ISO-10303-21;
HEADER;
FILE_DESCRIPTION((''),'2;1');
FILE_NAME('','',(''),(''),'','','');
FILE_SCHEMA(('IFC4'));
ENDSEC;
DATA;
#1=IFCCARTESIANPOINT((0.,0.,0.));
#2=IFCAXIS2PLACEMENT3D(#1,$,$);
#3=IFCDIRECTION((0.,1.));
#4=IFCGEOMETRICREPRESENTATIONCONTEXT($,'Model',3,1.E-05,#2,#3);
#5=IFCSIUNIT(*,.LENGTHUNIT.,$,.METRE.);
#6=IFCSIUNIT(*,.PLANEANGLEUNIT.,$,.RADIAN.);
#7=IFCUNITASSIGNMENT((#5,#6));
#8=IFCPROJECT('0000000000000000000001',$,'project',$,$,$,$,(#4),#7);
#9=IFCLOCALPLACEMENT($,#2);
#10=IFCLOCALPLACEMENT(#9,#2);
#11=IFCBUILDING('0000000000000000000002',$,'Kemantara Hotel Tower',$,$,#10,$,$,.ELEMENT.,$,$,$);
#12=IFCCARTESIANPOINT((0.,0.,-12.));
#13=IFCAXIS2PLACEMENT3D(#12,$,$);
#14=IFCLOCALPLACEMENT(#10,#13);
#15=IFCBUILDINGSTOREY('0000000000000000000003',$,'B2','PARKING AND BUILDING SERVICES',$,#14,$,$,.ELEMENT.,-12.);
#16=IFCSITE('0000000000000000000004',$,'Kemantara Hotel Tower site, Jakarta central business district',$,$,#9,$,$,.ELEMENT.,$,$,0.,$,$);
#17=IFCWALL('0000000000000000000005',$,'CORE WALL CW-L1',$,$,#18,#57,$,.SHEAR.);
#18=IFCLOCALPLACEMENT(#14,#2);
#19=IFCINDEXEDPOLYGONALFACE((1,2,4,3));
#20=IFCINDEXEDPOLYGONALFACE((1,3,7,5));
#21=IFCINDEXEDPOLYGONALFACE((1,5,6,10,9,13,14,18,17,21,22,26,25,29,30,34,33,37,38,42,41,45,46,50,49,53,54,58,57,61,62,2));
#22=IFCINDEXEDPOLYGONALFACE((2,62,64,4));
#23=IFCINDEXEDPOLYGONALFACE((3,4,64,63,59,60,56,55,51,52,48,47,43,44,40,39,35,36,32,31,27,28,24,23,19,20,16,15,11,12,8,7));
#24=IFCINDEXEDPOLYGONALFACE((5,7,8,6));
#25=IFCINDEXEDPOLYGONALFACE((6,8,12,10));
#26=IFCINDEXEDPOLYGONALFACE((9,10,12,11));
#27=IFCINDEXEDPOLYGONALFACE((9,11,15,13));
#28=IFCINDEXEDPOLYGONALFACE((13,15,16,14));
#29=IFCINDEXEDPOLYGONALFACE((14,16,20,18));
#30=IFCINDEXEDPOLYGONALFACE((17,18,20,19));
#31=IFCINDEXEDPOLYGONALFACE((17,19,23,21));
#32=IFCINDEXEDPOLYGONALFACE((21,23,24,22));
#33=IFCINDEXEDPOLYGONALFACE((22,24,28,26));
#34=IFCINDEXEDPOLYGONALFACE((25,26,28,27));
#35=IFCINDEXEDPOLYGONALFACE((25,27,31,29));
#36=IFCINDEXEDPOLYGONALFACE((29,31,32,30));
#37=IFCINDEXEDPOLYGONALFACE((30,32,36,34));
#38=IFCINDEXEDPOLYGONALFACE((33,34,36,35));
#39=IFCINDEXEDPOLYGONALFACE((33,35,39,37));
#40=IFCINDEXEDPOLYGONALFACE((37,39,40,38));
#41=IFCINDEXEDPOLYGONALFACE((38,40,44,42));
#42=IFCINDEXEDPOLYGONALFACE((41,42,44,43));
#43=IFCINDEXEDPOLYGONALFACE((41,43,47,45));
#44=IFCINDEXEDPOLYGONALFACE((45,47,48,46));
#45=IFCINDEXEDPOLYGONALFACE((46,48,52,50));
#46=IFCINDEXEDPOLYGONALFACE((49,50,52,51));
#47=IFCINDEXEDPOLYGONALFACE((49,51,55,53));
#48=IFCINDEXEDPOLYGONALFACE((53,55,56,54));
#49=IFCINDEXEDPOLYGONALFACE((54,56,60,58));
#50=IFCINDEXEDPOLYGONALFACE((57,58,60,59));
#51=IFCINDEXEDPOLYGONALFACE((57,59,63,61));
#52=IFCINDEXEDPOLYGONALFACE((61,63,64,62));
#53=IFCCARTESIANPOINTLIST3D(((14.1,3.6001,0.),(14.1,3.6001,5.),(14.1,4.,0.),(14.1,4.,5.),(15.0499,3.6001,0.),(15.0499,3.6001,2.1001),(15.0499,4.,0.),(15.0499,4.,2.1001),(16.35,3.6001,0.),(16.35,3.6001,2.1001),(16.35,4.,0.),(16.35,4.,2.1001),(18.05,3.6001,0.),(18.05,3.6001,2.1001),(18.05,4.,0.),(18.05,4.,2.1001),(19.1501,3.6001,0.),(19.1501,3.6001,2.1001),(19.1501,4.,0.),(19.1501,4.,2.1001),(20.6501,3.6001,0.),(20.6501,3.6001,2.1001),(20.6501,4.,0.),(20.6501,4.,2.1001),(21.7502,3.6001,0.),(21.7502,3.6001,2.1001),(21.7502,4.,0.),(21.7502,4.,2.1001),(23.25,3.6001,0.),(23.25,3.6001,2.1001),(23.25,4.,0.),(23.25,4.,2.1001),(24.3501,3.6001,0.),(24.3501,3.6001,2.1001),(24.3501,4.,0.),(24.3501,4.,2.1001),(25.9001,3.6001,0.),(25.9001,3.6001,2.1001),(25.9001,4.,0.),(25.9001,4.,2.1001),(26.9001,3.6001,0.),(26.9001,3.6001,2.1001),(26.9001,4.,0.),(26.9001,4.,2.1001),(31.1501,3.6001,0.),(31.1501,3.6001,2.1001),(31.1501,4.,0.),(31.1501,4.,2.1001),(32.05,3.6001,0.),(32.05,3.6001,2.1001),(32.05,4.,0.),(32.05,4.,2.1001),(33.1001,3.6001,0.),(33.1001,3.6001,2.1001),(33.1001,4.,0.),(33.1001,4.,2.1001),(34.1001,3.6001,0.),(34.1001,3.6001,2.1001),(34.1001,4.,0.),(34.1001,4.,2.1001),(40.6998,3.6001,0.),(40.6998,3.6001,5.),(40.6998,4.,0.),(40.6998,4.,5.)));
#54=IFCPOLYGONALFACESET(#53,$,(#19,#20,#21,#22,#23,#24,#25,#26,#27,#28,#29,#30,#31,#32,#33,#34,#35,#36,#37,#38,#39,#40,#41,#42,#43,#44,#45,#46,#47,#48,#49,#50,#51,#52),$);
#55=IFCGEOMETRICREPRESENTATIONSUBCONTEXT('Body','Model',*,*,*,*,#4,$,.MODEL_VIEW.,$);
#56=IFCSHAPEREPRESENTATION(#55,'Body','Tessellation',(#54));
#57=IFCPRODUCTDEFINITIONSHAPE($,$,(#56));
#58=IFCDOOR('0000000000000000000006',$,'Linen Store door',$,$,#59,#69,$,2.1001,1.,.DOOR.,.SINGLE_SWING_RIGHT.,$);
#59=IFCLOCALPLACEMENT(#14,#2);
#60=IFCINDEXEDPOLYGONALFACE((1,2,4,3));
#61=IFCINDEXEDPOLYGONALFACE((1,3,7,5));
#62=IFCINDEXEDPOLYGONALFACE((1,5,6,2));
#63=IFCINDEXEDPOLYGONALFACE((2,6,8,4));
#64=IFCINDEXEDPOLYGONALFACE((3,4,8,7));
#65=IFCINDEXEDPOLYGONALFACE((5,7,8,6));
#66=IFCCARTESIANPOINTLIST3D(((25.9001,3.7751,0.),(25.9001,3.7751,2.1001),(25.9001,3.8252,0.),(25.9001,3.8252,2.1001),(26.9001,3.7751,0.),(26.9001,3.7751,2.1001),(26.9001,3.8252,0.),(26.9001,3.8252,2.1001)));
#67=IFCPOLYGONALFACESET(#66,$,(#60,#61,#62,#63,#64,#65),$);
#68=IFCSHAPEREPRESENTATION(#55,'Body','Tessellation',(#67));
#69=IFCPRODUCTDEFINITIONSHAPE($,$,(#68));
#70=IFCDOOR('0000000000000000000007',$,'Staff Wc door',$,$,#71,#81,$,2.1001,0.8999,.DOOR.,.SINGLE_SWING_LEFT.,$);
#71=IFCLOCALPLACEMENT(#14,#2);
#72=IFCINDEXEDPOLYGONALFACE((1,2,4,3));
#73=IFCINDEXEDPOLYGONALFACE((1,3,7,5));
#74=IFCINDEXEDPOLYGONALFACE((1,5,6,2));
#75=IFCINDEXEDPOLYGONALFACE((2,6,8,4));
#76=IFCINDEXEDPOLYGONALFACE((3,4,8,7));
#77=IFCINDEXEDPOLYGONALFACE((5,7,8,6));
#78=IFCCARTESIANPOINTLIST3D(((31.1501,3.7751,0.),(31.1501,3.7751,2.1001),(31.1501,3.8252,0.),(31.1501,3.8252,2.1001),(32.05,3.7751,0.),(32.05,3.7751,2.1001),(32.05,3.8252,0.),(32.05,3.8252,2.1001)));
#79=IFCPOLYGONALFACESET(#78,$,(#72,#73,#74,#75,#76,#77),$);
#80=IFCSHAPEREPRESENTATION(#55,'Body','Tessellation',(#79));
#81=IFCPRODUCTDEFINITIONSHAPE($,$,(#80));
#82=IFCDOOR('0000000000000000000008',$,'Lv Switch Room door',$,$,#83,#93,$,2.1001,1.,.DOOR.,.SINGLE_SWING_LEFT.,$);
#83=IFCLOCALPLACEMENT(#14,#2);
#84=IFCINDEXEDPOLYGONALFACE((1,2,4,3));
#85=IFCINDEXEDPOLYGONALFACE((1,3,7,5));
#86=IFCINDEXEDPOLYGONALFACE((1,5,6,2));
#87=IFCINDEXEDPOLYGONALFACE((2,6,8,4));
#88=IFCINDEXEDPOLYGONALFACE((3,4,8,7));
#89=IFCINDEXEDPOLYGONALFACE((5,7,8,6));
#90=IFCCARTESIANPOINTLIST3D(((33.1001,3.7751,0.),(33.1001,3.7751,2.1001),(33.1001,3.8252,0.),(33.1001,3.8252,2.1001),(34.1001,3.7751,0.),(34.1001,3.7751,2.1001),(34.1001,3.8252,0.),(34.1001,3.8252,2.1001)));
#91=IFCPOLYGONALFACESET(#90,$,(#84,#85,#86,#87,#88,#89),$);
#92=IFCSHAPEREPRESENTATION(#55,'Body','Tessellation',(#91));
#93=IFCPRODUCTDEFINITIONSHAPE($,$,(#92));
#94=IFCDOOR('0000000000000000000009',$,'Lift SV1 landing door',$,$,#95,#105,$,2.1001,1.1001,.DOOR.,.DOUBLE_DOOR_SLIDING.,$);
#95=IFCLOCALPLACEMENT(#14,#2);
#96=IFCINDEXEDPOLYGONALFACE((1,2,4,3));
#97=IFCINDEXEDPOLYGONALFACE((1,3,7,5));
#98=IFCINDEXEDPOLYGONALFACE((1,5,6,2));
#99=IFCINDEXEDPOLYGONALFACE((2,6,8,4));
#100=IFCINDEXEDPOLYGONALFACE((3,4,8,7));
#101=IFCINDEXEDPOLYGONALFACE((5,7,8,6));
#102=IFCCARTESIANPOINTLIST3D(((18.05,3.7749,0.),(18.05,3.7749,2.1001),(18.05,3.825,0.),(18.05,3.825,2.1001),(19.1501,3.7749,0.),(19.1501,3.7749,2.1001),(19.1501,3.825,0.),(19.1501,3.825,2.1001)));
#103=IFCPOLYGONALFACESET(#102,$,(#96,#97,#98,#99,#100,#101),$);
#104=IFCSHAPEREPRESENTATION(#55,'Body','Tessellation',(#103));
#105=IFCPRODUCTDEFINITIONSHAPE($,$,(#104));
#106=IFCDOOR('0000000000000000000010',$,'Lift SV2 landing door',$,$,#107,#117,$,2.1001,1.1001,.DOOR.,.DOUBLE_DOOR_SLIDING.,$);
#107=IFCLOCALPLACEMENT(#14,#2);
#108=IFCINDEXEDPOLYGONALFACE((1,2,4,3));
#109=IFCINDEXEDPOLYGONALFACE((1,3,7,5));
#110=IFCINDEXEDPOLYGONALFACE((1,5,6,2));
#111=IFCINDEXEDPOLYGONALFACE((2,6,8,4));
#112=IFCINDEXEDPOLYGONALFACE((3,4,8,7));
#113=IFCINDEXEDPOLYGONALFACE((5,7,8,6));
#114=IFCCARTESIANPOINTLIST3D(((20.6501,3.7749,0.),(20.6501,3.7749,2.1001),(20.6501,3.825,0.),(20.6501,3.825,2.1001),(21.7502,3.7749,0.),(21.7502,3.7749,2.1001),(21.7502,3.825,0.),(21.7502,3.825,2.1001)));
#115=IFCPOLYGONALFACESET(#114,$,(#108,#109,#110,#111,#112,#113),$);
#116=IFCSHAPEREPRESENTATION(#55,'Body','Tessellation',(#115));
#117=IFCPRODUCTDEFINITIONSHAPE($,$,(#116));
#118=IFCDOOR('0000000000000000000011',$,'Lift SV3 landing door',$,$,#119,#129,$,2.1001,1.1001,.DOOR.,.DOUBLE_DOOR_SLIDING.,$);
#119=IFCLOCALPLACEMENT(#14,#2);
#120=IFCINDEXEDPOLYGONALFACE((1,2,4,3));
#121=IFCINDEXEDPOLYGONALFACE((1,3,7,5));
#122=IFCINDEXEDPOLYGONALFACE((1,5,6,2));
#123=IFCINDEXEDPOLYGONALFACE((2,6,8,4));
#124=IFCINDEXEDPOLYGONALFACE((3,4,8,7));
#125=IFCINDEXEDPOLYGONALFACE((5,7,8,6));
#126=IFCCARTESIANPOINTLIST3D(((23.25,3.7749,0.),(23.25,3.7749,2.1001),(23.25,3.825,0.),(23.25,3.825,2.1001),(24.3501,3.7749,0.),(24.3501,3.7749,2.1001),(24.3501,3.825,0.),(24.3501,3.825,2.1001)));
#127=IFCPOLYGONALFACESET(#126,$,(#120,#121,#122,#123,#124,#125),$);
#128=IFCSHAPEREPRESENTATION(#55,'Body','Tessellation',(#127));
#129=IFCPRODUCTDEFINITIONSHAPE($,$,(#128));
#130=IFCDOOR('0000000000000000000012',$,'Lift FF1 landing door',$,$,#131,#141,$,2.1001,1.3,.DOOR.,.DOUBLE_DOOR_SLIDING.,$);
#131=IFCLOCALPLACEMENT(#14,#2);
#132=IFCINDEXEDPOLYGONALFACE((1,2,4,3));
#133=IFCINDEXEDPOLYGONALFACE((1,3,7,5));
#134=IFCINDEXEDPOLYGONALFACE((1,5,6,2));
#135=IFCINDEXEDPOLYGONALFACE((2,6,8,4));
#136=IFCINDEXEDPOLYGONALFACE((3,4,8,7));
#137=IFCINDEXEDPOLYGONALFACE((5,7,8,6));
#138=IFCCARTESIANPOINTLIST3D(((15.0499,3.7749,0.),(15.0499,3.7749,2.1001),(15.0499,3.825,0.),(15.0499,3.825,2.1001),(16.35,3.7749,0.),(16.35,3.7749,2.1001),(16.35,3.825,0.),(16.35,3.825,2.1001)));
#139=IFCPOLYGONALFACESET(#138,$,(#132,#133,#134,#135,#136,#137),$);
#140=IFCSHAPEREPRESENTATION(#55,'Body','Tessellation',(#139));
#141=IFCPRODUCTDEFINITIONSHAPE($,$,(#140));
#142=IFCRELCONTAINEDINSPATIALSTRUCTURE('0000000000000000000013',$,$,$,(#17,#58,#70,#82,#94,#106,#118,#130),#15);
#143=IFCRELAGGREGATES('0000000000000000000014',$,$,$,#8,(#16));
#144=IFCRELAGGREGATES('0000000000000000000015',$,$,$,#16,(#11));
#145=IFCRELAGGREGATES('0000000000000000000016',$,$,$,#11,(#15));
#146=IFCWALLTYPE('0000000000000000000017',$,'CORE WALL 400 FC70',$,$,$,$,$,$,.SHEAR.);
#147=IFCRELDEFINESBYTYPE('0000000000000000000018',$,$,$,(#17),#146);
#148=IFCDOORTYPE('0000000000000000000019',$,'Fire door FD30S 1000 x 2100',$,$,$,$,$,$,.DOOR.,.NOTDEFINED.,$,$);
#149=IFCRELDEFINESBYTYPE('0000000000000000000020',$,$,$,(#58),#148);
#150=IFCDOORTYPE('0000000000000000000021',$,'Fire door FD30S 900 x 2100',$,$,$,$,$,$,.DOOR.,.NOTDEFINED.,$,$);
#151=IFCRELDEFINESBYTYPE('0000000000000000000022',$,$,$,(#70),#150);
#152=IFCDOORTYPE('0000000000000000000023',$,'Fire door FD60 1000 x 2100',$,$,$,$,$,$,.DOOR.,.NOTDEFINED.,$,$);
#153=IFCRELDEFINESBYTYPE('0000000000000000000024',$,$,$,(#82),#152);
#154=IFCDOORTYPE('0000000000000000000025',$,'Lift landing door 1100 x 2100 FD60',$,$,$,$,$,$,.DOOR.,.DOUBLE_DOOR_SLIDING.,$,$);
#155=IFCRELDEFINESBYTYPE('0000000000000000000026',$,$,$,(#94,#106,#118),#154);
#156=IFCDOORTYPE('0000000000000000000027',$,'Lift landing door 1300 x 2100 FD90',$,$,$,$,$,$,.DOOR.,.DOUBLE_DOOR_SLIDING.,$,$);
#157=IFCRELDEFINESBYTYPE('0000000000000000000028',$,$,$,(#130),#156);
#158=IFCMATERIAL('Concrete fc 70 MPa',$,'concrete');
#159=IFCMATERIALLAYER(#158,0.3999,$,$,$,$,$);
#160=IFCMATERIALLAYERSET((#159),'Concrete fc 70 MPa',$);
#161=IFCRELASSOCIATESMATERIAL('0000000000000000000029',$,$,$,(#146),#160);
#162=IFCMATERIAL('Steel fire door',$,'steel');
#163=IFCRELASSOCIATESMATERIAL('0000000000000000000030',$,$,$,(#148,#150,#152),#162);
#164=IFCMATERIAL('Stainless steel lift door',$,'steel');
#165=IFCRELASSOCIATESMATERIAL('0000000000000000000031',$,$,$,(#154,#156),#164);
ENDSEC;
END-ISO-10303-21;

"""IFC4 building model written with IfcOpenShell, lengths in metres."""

from ifc_helpers import new_model, si_unit, direction, frame, frame_2d, origin, place, context, subcontext, project, spatial, rectangle, extrude, material, layer, layer_set, type_object, element, fill, save


model = new_model("IFC4")

# Units and contexts
model_context = context("Model", 3, precision=1e-05, world=origin(), true_north=direction((0.0, 1.0)))
body_context = subcontext(model_context, "Body", "Model", "MODEL_VIEW")
ifc_project = project(units=[si_unit("LENGTHUNIT", "METRE"), si_unit("PLANEANGLEUNIT", "RADIAN")], contexts=[model_context])

# Site, building, storey
site_placement = place(None, origin())
site = spatial("IfcSite", under=ifc_project, at=site_placement, Name="Kemantara Hotel Tower site, Jakarta central business district", CompositionType="ELEMENT", RefElevation=0.0)
building_placement = place(site_placement, origin())
building = spatial("IfcBuilding", under=site, at=building_placement, Name="Kemantara Hotel Tower", CompositionType="ELEMENT")
storey_placement = place(building_placement, frame((0.0, 0.0, -12.0)))
storey = spatial("IfcBuildingStorey", under=building, at=storey_placement, Name="B2", Description="PARKING AND BUILDING SERVICES", CompositionType="ELEMENT", Elevation=-12.0)

# Shared definitions
ifc_material_1 = material(Name="Concrete fc 70 MPa", Category="concrete")

# Shared definitions
ifc_layer_1 = layer(ifc_material_1, 0.3999)
ifc_layer_set_1 = layer_set([ifc_layer_1], Name="Concrete fc 70 MPa")
wall_type_1 = type_object("IfcWallType", Name="CORE WALL 400 FC70", PredefinedType="SHEAR", material=ifc_layer_set_1)
ifc_material_2 = material(Name="Steel fire door", Category="steel")
door_type_1 = type_object("IfcDoorType", Name="Fire door FD30S 1000 x 2100", OperationType="NOTDEFINED", PredefinedType="DOOR", material=ifc_material_2)

# Wall, openings, doors
wall_1_placement = place(storey_placement, frame((14.1001, 3.8, 0.0), z_axis=(0.0, 0.0, 1.0), x_axis=(1.0, 0.0, 0.0)))
wall_1 = element("IfcWall", 1, at=wall_1_placement, inside=storey, type_object=wall_type_1, Name="CORE WALL CW-L1", PredefinedType="SHEAR", context=body_context, shape_type="SweptSolid", body=[
    extrude(rectangle(XDim=26.5999, YDim=0.3999, at=frame_2d((13.2998, 0.0))), origin(), (0.0, 0.0, 1.0), 5.0),
])
opening_1_placement = place(wall_1_placement, frame((0.95, 0.0, 0.0)))
opening_1 = element("IfcOpeningElement", 2, at=opening_1_placement, cuts=wall_1, PredefinedType="OPENING", context=body_context, shape_type="SweptSolid", body=[
    extrude(rectangle(XDim=1.3, YDim=2.1001, at=frame_2d((0.6499, 1.05))), frame((0.0, 0.21, 0.0), z_axis=(0.0, -1.0, 0.0), x_axis=(1.0, 0.0, 0.0)), (0.0, 0.0, 1.0), 0.4199),
])
opening_2_placement = place(wall_1_placement, frame((3.95, 0.0, 0.0)))
opening_2 = element("IfcOpeningElement", 3, at=opening_2_placement, cuts=wall_1, PredefinedType="OPENING", context=body_context, shape_type="SweptSolid", body=[
    extrude(rectangle(XDim=1.1001, YDim=2.1001, at=frame_2d((0.55, 1.05))), frame((0.0, 0.21, 0.0), z_axis=(0.0, -1.0, 0.0), x_axis=(1.0, 0.0, 0.0)), (0.0, 0.0, 1.0), 0.4199),
])
opening_3_placement = place(wall_1_placement, frame((6.55, 0.0, 0.0)))
opening_3 = element("IfcOpeningElement", 4, at=opening_3_placement, cuts=wall_1, PredefinedType="OPENING", context=body_context, shape_type="SweptSolid", body=[
    extrude(rectangle(XDim=1.1001, YDim=2.1001, at=frame_2d((0.55, 1.05))), frame((0.0, 0.21, 0.0), z_axis=(0.0, -1.0, 0.0), x_axis=(1.0, 0.0, 0.0)), (0.0, 0.0, 1.0), 0.4199),
])
opening_4_placement = place(wall_1_placement, frame((9.1499, 0.0, 0.0)))
opening_4 = element("IfcOpeningElement", 5, at=opening_4_placement, cuts=wall_1, PredefinedType="OPENING", context=body_context, shape_type="SweptSolid", body=[
    extrude(rectangle(XDim=1.1001, YDim=2.1001, at=frame_2d((0.55, 1.05))), frame((0.0, 0.21, 0.0), z_axis=(0.0, -1.0, 0.0), x_axis=(1.0, 0.0, 0.0)), (0.0, 0.0, 1.0), 0.4199),
])
opening_5_placement = place(wall_1_placement, frame((11.8, 0.0, 0.0)))
opening_5 = element("IfcOpeningElement", 6, at=opening_5_placement, cuts=wall_1, PredefinedType="OPENING", context=body_context, shape_type="SweptSolid", body=[
    extrude(rectangle(XDim=1.0, YDim=2.1001, at=frame_2d((0.5, 1.05))), frame((0.0, 0.21, 0.0), z_axis=(0.0, -1.0, 0.0), x_axis=(1.0, 0.0, 0.0)), (0.0, 0.0, 1.0), 0.4199),
])
opening_6_placement = place(wall_1_placement, frame((17.05, 0.0, 0.0)))
opening_6 = element("IfcOpeningElement", 7, at=opening_6_placement, cuts=wall_1, PredefinedType="OPENING", context=body_context, shape_type="SweptSolid", body=[
    extrude(rectangle(XDim=0.8999, YDim=2.1001, at=frame_2d((0.45, 1.05))), frame((0.0, 0.21, 0.0), z_axis=(0.0, -1.0, 0.0), x_axis=(1.0, 0.0, 0.0)), (0.0, 0.0, 1.0), 0.4199),
])
opening_7_placement = place(wall_1_placement, frame((19.0, 0.0, 0.0)))
opening_7 = element("IfcOpeningElement", 8, at=opening_7_placement, cuts=wall_1, PredefinedType="OPENING", context=body_context, shape_type="SweptSolid", body=[
    extrude(rectangle(XDim=1.0, YDim=2.1001, at=frame_2d((0.5, 1.05))), frame((0.0, 0.21, 0.0), z_axis=(0.0, -1.0, 0.0), x_axis=(1.0, 0.0, 0.0)), (0.0, 0.0, 1.0), 0.4199),
])
door_1_placement = place(opening_5_placement, frame((1.0, 0.0, 0.0), z_axis=(0.0, 0.0, 1.0), x_axis=(-1.0, 0.0, 0.0)))
door_1 = element("IfcDoor", 9, at=door_1_placement, inside=storey, type_object=door_type_1, Name="Linen Store door", OperationType="SINGLE_SWING_RIGHT", OverallHeight=2.1001, OverallWidth=1.0, PredefinedType="DOOR", context=body_context, shape_type="SweptSolid", body=[
    extrude(rectangle(XDim=1.0, YDim=2.1001, at=frame_2d((0.5, 1.05))), frame((0.0, 0.0249, 0.0), z_axis=(0.0, -1.0, 0.0), x_axis=(1.0, 0.0, 0.0)), (0.0, 0.0, 1.0), 0.05),
])
fill(opening_5, door_1)
door_type_2 = type_object("IfcDoorType", Name="Fire door FD30S 900 x 2100", OperationType="NOTDEFINED", PredefinedType="DOOR", material=ifc_material_2)
door_2_placement = place(opening_6_placement, frame((0.8999, 0.0, 0.0), z_axis=(0.0, 0.0, 1.0), x_axis=(-1.0, 0.0, 0.0)))
door_2 = element("IfcDoor", 10, at=door_2_placement, inside=storey, type_object=door_type_2, Name="Staff Wc door", OperationType="SINGLE_SWING_LEFT", OverallHeight=2.1001, OverallWidth=0.8999, PredefinedType="DOOR", context=body_context, shape_type="SweptSolid", body=[
    extrude(rectangle(XDim=0.8999, YDim=2.1001, at=frame_2d((0.45, 1.05))), frame((0.0, 0.0249, 0.0), z_axis=(0.0, -1.0, 0.0), x_axis=(1.0, 0.0, 0.0)), (0.0, 0.0, 1.0), 0.05),
])
fill(opening_6, door_2)
door_type_3 = type_object("IfcDoorType", Name="Fire door FD60 1000 x 2100", OperationType="NOTDEFINED", PredefinedType="DOOR", material=ifc_material_2)
door_3_placement = place(opening_7_placement, frame((1.0, 0.0, 0.0), z_axis=(0.0, 0.0, 1.0), x_axis=(-1.0, 0.0, 0.0)))
door_3 = element("IfcDoor", 11, at=door_3_placement, inside=storey, type_object=door_type_3, Name="Lv Switch Room door", OperationType="SINGLE_SWING_LEFT", OverallHeight=2.1001, OverallWidth=1.0, PredefinedType="DOOR", context=body_context, shape_type="SweptSolid", body=[
    extrude(rectangle(XDim=1.0, YDim=2.1001, at=frame_2d((0.5, 1.05))), frame((0.0, 0.0249, 0.0), z_axis=(0.0, -1.0, 0.0), x_axis=(1.0, 0.0, 0.0)), (0.0, 0.0, 1.0), 0.05),
])
fill(opening_7, door_3)
ifc_material_3 = material(Name="Stainless steel lift door", Category="steel")
door_type_4 = type_object("IfcDoorType", Name="Lift landing door 1100 x 2100 FD60", OperationType="DOUBLE_DOOR_SLIDING", PredefinedType="DOOR", material=ifc_material_3)
door_4_placement = place(opening_2_placement, origin())
door_4 = element("IfcDoor", 12, at=door_4_placement, inside=storey, type_object=door_type_4, Name="Lift SV1 landing door", OperationType="DOUBLE_DOOR_SLIDING", OverallHeight=2.1001, OverallWidth=1.1001, PredefinedType="DOOR", context=body_context, shape_type="SweptSolid", body=[
    extrude(rectangle(XDim=1.1001, YDim=2.1001, at=frame_2d((0.55, 1.05))), frame((0.0, 0.0249, 0.0), z_axis=(0.0, -1.0, 0.0), x_axis=(1.0, 0.0, 0.0)), (0.0, 0.0, 1.0), 0.05),
])
fill(opening_2, door_4)
door_5_placement = place(opening_3_placement, origin())
door_5 = element("IfcDoor", 13, at=door_5_placement, inside=storey, type_object=door_type_4, Name="Lift SV2 landing door", OperationType="DOUBLE_DOOR_SLIDING", OverallHeight=2.1001, OverallWidth=1.1001, PredefinedType="DOOR", context=body_context, shape_type="SweptSolid", body=[
    extrude(rectangle(XDim=1.1001, YDim=2.1001, at=frame_2d((0.55, 1.05))), frame((0.0, 0.0249, 0.0), z_axis=(0.0, -1.0, 0.0), x_axis=(1.0, 0.0, 0.0)), (0.0, 0.0, 1.0), 0.05),
])
fill(opening_3, door_5)
door_6_placement = place(opening_4_placement, origin())
door_6 = element("IfcDoor", 14, at=door_6_placement, inside=storey, type_object=door_type_4, Name="Lift SV3 landing door", OperationType="DOUBLE_DOOR_SLIDING", OverallHeight=2.1001, OverallWidth=1.1001, PredefinedType="DOOR", context=body_context, shape_type="SweptSolid", body=[
    extrude(rectangle(XDim=1.1001, YDim=2.1001, at=frame_2d((0.55, 1.05))), frame((0.0, 0.0249, 0.0), z_axis=(0.0, -1.0, 0.0), x_axis=(1.0, 0.0, 0.0)), (0.0, 0.0, 1.0), 0.05),
])
fill(opening_4, door_6)
door_type_5 = type_object("IfcDoorType", Name="Lift landing door 1300 x 2100 FD90", OperationType="DOUBLE_DOOR_SLIDING", PredefinedType="DOOR", material=ifc_material_3)
door_7_placement = place(opening_1_placement, origin())
door_7 = element("IfcDoor", 15, at=door_7_placement, inside=storey, type_object=door_type_5, Name="Lift FF1 landing door", OperationType="DOUBLE_DOOR_SLIDING", OverallHeight=2.1001, OverallWidth=1.3, PredefinedType="DOOR", context=body_context, shape_type="SweptSolid", body=[
    extrude(rectangle(XDim=1.3, YDim=2.1001, at=frame_2d((0.6499, 1.05))), frame((0.0, 0.0249, 0.0), z_axis=(0.0, -1.0, 0.0), x_axis=(1.0, 0.0, 0.0)), (0.0, 0.0, 1.0), 0.05),
])
fill(opening_1, door_7)

save(model, "model.ifc")
